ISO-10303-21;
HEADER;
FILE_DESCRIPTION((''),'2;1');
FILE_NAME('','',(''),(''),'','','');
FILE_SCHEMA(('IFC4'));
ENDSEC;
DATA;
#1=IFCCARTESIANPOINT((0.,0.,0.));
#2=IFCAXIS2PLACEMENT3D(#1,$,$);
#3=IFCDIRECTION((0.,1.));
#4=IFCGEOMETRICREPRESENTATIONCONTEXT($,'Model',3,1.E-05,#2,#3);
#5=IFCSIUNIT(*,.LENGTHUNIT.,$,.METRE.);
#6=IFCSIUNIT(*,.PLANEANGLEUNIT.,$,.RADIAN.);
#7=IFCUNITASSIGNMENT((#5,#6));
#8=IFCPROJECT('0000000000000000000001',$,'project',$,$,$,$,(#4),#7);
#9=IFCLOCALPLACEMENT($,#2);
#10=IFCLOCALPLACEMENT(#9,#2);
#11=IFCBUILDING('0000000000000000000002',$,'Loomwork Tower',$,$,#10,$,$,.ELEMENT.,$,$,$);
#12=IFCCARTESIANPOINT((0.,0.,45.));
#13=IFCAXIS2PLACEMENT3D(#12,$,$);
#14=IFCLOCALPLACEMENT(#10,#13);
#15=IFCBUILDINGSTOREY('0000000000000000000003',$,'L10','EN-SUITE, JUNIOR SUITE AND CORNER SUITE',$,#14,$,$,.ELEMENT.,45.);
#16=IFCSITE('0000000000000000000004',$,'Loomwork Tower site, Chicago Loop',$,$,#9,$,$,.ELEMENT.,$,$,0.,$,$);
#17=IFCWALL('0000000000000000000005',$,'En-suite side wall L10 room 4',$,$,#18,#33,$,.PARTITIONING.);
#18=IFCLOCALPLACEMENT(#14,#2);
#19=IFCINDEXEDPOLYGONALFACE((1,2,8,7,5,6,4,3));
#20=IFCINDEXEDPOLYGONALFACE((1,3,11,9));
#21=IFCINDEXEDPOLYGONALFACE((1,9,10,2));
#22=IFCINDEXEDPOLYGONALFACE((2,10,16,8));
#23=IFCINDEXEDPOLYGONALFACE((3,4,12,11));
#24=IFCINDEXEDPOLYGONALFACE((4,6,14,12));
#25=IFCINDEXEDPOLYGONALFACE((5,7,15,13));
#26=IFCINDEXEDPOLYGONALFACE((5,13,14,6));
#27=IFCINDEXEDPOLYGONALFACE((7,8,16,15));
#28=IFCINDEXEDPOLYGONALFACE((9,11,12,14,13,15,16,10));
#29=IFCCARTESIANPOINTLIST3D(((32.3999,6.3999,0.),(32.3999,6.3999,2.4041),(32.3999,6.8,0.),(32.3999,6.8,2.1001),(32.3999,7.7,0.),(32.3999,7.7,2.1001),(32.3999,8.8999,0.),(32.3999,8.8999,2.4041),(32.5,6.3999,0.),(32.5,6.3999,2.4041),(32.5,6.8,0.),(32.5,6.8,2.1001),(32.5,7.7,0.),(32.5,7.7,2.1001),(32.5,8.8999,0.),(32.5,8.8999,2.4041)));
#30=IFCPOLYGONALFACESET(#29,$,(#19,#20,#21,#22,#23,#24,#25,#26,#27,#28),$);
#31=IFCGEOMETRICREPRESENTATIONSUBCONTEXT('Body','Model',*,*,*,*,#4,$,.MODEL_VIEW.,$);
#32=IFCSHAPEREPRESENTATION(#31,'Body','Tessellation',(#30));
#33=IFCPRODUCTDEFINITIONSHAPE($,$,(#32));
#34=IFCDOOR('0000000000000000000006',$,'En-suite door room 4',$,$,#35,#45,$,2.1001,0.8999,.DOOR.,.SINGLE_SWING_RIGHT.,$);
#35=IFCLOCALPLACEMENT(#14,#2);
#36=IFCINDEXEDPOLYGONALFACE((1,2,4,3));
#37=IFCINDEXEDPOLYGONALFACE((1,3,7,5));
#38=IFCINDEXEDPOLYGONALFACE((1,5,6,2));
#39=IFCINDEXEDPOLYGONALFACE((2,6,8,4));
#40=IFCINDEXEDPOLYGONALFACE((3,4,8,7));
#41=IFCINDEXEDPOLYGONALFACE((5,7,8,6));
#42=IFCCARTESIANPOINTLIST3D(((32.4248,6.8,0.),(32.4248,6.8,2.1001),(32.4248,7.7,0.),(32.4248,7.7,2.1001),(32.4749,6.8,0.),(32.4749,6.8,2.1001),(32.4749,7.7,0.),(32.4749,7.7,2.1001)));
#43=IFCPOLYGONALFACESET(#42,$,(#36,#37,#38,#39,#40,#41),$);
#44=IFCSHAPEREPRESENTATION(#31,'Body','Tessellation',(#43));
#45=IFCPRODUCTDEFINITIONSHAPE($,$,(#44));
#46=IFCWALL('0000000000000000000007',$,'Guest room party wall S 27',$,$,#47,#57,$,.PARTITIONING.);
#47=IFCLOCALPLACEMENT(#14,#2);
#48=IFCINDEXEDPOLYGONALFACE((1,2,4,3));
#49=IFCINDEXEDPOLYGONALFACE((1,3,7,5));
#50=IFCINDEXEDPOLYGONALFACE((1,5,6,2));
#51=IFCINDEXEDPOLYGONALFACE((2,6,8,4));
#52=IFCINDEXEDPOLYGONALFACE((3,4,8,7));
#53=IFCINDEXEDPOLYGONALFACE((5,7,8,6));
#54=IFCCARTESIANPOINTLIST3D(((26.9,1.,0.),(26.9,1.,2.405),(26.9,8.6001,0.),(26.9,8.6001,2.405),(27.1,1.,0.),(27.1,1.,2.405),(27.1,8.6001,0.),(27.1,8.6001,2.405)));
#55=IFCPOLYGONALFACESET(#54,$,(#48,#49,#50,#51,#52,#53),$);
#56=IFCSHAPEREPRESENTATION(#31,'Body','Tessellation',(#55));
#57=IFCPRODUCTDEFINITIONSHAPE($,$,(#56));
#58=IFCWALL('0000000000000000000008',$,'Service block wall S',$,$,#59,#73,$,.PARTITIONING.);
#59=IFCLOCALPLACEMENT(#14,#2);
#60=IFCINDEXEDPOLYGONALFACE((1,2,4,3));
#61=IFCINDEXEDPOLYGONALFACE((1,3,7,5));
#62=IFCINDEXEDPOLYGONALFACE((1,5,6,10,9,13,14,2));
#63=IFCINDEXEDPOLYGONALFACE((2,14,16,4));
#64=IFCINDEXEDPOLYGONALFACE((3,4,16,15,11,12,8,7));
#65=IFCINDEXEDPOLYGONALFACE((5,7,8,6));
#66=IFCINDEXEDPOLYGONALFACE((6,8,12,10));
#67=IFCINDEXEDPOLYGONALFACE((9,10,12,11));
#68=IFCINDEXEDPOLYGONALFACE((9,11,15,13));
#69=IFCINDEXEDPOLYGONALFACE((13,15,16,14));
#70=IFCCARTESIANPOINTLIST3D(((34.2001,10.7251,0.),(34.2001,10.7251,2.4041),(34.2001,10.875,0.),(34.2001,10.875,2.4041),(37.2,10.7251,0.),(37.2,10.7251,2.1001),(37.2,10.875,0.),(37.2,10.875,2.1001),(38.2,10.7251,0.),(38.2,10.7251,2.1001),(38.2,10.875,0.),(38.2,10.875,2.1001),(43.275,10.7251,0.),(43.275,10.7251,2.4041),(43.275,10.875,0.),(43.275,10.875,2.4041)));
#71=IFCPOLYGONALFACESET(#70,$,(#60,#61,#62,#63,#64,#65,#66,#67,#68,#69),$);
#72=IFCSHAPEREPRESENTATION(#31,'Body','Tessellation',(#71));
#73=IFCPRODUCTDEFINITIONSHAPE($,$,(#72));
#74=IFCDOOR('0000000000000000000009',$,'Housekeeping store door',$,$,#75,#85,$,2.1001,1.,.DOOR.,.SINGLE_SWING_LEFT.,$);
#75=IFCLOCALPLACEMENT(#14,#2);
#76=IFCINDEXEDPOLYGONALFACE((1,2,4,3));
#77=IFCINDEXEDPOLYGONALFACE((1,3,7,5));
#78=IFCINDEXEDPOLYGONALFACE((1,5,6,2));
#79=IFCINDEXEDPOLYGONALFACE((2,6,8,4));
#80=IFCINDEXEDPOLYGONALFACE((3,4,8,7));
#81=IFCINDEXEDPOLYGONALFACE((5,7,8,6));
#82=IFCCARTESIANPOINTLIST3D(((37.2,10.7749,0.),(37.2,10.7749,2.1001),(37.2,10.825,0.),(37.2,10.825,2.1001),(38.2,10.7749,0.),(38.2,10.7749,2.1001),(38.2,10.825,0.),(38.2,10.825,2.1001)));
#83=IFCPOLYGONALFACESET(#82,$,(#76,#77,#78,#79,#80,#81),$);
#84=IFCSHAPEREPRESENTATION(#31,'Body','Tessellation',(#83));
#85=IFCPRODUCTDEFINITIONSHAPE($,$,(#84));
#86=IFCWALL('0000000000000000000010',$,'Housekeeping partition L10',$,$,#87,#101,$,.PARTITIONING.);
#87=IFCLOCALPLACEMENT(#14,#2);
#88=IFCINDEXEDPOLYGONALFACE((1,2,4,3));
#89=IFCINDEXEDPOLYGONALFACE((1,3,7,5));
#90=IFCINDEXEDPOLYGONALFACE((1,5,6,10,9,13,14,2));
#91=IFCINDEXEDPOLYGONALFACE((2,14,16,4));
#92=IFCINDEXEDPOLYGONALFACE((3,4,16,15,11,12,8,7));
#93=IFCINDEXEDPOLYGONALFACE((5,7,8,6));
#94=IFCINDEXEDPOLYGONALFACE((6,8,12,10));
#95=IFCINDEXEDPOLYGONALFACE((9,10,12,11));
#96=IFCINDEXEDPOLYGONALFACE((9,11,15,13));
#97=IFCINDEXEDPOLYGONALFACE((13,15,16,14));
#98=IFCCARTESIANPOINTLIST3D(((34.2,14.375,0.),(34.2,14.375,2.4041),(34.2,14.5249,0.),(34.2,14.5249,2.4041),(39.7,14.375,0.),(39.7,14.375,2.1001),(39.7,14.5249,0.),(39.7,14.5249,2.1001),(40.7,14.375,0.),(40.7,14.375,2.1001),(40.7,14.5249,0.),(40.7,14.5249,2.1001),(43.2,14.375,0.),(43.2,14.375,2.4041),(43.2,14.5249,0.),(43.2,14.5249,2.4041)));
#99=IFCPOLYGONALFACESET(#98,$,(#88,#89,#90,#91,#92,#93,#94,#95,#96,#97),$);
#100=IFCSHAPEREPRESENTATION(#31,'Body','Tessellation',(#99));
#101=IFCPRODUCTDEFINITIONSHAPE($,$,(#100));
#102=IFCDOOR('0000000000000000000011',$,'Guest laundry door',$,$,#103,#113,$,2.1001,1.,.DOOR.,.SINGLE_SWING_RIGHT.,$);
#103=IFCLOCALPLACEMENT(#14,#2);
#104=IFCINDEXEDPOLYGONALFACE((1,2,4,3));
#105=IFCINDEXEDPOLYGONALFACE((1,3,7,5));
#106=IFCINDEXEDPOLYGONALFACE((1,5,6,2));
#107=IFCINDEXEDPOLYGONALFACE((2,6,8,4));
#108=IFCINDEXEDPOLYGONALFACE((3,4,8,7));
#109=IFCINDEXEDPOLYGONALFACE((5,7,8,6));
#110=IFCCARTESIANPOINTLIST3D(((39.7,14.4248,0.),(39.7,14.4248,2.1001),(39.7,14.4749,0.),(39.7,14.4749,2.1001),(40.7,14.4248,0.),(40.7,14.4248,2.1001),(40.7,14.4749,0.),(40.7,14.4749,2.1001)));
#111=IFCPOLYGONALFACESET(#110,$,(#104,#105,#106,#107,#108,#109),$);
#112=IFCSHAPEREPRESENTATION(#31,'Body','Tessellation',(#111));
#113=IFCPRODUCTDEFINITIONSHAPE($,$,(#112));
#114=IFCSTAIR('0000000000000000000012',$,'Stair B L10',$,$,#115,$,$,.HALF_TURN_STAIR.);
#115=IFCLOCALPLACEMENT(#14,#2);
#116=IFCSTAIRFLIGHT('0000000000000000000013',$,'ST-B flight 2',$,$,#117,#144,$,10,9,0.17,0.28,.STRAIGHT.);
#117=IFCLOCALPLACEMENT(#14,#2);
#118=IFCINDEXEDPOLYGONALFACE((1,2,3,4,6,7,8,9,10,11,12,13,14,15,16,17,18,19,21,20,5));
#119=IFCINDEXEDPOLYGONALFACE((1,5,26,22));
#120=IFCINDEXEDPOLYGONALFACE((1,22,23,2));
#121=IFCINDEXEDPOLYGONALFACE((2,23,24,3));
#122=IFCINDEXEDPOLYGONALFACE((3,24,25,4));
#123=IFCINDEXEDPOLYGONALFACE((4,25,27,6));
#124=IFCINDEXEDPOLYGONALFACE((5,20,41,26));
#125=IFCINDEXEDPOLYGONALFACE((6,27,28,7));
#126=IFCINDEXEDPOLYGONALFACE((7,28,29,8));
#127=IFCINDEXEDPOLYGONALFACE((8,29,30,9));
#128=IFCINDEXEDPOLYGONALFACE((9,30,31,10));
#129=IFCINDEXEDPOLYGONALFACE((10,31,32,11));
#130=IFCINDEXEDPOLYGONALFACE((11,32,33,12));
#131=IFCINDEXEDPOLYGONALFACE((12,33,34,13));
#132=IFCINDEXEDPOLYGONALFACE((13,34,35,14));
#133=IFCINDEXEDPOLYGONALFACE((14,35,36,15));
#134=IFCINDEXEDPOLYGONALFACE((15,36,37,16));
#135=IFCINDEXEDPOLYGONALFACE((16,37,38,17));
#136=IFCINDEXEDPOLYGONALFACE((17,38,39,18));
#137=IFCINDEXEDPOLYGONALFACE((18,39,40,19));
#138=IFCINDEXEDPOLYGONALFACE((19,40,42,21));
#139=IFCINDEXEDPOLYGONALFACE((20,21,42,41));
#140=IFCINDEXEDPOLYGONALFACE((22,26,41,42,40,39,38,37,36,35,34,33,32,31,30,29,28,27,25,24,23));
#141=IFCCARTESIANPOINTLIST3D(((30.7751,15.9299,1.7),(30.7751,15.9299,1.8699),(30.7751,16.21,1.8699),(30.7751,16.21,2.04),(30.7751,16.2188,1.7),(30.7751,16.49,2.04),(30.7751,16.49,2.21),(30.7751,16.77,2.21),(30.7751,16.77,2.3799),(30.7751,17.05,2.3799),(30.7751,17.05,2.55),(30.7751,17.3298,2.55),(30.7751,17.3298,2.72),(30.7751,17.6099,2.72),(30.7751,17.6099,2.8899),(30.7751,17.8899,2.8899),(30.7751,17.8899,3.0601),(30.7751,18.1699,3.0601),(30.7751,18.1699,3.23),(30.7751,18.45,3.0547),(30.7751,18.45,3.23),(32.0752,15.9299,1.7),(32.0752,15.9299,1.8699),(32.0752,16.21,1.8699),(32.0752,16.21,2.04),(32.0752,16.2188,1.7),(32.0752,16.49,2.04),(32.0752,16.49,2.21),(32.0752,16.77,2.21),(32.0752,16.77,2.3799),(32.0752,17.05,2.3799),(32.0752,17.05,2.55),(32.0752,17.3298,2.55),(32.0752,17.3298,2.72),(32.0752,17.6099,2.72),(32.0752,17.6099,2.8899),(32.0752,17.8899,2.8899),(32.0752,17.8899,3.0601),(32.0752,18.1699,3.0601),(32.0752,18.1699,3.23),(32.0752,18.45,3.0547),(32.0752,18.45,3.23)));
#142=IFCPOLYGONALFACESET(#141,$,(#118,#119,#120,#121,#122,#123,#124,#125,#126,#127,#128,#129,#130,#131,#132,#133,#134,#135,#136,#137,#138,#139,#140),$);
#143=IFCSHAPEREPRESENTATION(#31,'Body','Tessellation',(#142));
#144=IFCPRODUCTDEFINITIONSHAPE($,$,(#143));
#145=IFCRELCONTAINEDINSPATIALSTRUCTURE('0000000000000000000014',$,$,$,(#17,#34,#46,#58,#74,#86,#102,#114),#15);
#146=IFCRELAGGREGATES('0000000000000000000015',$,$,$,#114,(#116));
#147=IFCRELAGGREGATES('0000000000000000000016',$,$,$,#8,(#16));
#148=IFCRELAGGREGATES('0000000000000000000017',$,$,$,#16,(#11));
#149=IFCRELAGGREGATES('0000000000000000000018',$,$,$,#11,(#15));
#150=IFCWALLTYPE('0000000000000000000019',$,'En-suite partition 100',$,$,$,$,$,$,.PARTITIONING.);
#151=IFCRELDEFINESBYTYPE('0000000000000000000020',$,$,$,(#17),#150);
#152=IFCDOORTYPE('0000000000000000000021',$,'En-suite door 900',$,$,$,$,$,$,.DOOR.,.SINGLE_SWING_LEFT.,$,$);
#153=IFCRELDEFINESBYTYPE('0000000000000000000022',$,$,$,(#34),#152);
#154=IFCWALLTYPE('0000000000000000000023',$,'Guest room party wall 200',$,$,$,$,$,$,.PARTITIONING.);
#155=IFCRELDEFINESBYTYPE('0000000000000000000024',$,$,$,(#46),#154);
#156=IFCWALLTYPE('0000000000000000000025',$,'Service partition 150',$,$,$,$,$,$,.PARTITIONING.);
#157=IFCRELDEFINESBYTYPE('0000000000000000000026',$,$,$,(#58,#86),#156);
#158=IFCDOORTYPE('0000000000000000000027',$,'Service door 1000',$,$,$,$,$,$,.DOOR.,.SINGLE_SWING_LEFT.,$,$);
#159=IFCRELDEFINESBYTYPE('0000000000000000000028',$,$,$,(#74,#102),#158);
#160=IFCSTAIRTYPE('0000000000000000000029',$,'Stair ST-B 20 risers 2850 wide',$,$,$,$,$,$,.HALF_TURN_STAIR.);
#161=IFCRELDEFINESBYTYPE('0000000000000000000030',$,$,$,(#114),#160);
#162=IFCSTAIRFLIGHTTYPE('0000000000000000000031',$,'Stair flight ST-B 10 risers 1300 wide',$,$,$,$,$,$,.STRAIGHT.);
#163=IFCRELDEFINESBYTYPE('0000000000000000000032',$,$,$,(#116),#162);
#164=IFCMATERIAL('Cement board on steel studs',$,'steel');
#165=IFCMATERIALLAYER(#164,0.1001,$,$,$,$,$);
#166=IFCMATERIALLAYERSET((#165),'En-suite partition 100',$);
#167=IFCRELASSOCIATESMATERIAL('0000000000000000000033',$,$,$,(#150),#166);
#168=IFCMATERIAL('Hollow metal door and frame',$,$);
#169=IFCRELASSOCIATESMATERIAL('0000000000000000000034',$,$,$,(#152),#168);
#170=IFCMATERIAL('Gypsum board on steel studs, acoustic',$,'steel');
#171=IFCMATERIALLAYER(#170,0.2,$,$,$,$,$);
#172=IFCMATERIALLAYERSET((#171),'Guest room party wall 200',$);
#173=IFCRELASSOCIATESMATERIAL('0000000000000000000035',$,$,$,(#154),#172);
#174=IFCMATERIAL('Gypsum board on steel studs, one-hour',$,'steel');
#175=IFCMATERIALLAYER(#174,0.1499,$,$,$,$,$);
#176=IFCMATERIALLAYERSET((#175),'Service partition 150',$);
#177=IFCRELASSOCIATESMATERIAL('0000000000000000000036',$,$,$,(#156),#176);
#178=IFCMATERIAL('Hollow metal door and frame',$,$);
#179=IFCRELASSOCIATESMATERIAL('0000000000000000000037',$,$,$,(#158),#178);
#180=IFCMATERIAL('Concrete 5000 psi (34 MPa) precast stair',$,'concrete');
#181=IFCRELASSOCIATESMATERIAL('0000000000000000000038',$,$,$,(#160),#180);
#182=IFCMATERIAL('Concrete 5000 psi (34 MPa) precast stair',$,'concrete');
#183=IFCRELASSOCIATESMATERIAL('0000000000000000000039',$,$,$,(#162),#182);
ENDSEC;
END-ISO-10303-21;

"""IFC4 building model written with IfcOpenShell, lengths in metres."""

from ifc_helpers import new_model, si_unit, direction, frame, frame_2d, origin, place, context, subcontext, project, spatial, polyline, rectangle, outline, extrude, material, layer, layer_set, type_object, element, fill, aggregate, save


model = new_model("IFC4")

# Units and contexts
model_context = context("Model", 3, precision=1e-05, world=origin(), true_north=direction((0.0, 1.0)))
body_context = subcontext(model_context, "Body", "Model", "MODEL_VIEW")
ifc_project = project(units=[si_unit("LENGTHUNIT", "METRE"), si_unit("PLANEANGLEUNIT", "RADIAN")], contexts=[model_context])

# Site, building, storey
site_placement = place(None, origin())
site = spatial("IfcSite", under=ifc_project, at=site_placement, Name="Loomwork Tower site, Chicago Loop", CompositionType="ELEMENT", RefElevation=0.0)
building_placement = place(site_placement, origin())
building = spatial("IfcBuilding", under=site, at=building_placement, Name="Loomwork Tower", CompositionType="ELEMENT")
storey_placement = place(building_placement, frame((0.0, 0.0, 45.0)))
storey = spatial("IfcBuildingStorey", under=building, at=storey_placement, Name="L10", Description="EN-SUITE, JUNIOR SUITE AND CORNER SUITE", CompositionType="ELEMENT", Elevation=45.0)

# Shared definitions
ifc_material_1 = material(Name="Cement board on steel studs", Category="steel")
ifc_layer_1 = layer(ifc_material_1, 0.1001)
ifc_layer_set_1 = layer_set([ifc_layer_1], Name="En-suite partition 100")
wall_type_1 = type_object("IfcWallType", Name="En-suite partition 100", PredefinedType="PARTITIONING", material=ifc_layer_set_1)

# Wall, opening, door
wall_1_placement = place(storey_placement, frame((32.45, 8.8999, 0.0), z_axis=(0.0, 0.0, 1.0), x_axis=(0.0, -1.0, 0.0)))
wall_1 = element("IfcWall", 1, at=wall_1_placement, inside=storey, type_object=wall_type_1, Name="En-suite side wall L10 room 4", PredefinedType="PARTITIONING", context=body_context, shape_type="SweptSolid", body=[
    extrude(rectangle(XDim=2.5, YDim=0.1001, at=frame_2d((1.25, 0.0))), origin(), (0.0, 0.0, 1.0), 2.4041),
])
opening_1_placement = place(wall_1_placement, frame((1.2, 0.0, 0.0)))
opening_1 = element("IfcOpeningElement", 2, at=opening_1_placement, cuts=wall_1, PredefinedType="OPENING", context=body_context, shape_type="SweptSolid", body=[
    extrude(rectangle(XDim=0.8999, YDim=2.1001, at=frame_2d((0.45, 1.05))), frame((0.0, 0.0601, 0.0), z_axis=(0.0, -1.0, 0.0), x_axis=(1.0, 0.0, 0.0)), (0.0, 0.0, 1.0), 0.1201),
])
ifc_material_2 = material(Name="Hollow metal door and frame")
door_type_1 = type_object("IfcDoorType", Name="En-suite door 900", OperationType="SINGLE_SWING_LEFT", PredefinedType="DOOR", material=ifc_material_2)
door_1_placement = place(opening_1_placement, origin())
door_1 = element("IfcDoor", 3, at=door_1_placement, inside=storey, type_object=door_type_1, Name="En-suite door room 4", OperationType="SINGLE_SWING_RIGHT", OverallHeight=2.1001, OverallWidth=0.8999, PredefinedType="DOOR", context=body_context, shape_type="SweptSolid", body=[
    extrude(rectangle(XDim=0.8999, YDim=2.1001, at=frame_2d((0.45, 1.05))), frame((0.0, 0.0249, 0.0), z_axis=(0.0, -1.0, 0.0), x_axis=(1.0, 0.0, 0.0)), (0.0, 0.0, 1.0), 0.05),
])
fill(opening_1, door_1)

# Wall
ifc_material_3 = material(Name="Gypsum board on steel studs, acoustic", Category="steel")
ifc_layer_2 = layer(ifc_material_3, 0.2)
ifc_layer_set_2 = layer_set([ifc_layer_2], Name="Guest room party wall 200")
wall_type_2 = type_object("IfcWallType", Name="Guest room party wall 200", PredefinedType="PARTITIONING", material=ifc_layer_set_2)
wall_2_placement = place(storey_placement, frame((27.0, 8.6001, 0.0), z_axis=(0.0, 0.0, 1.0), x_axis=(0.0, -1.0, 0.0)))
element("IfcWall", 4, at=wall_2_placement, inside=storey, type_object=wall_type_2, Name="Guest room party wall S 27", PredefinedType="PARTITIONING", context=body_context, shape_type="SweptSolid", body=[
    extrude(rectangle(XDim=7.6001, YDim=0.2, at=frame_2d((3.8, 0.0))), origin(), (0.0, 0.0, 1.0), 2.405),
])

# Walls, openings, doors
ifc_material_4 = material(Name="Gypsum board on steel studs, one-hour", Category="steel")
ifc_layer_3 = layer(ifc_material_4, 0.1499)
ifc_layer_set_3 = layer_set([ifc_layer_3], Name="Service partition 150")
wall_type_3 = type_object("IfcWallType", Name="Service partition 150", PredefinedType="PARTITIONING", material=ifc_layer_set_3)
wall_3_placement = place(storey_placement, frame((34.2, 10.8, 0.0), z_axis=(0.0, 0.0, 1.0), x_axis=(1.0, 0.0, 0.0)))
wall_3 = element("IfcWall", 5, at=wall_3_placement, inside=storey, type_object=wall_type_3, Name="Service block wall S", PredefinedType="PARTITIONING", context=body_context, shape_type="SweptSolid", body=[
    extrude(rectangle(XDim=9.075, YDim=0.1499, at=frame_2d((4.5376, 0.0))), origin(), (0.0, 0.0, 1.0), 2.4041),
])
opening_2_placement = place(wall_3_placement, frame((3.0, 0.0, 0.0)))
opening_2 = element("IfcOpeningElement", 6, at=opening_2_placement, cuts=wall_3, PredefinedType="OPENING", context=body_context, shape_type="SweptSolid", body=[
    extrude(rectangle(XDim=1.0, YDim=2.1001, at=frame_2d((0.5, 1.05))), frame((0.0, 0.085, 0.0), z_axis=(0.0, -1.0, 0.0), x_axis=(1.0, 0.0, 0.0)), (0.0, 0.0, 1.0), 0.1699),
])
ifc_material_5 = material(Name="Hollow metal door and frame")
door_type_2 = type_object("IfcDoorType", Name="Service door 1000", OperationType="SINGLE_SWING_LEFT", PredefinedType="DOOR", material=ifc_material_5)
door_2_placement = place(opening_2_placement, origin())
door_2 = element("IfcDoor", 7, at=door_2_placement, inside=storey, type_object=door_type_2, Name="Housekeeping store door", OperationType="SINGLE_SWING_LEFT", OverallHeight=2.1001, OverallWidth=1.0, PredefinedType="DOOR", context=body_context, shape_type="SweptSolid", body=[
    extrude(rectangle(XDim=1.0, YDim=2.1001, at=frame_2d((0.5, 1.05))), frame((0.0, 0.0249, 0.0), z_axis=(0.0, -1.0, 0.0), x_axis=(1.0, 0.0, 0.0)), (0.0, 0.0, 1.0), 0.05),
])
fill(opening_2, door_2)
wall_4_placement = place(storey_placement, frame((34.2, 14.45, 0.0), z_axis=(0.0, 0.0, 1.0), x_axis=(1.0, 0.0, 0.0)))
wall_4 = element("IfcWall", 8, at=wall_4_placement, inside=storey, type_object=wall_type_3, Name="Housekeeping partition L10", PredefinedType="PARTITIONING", context=body_context, shape_type="SweptSolid", body=[
    extrude(rectangle(XDim=9.0, YDim=0.1499, at=frame_2d((4.5, 0.0))), origin(), (0.0, 0.0, 1.0), 2.4041),
])
opening_3_placement = place(wall_4_placement, frame((5.5, 0.0, 0.0)))
opening_3 = element("IfcOpeningElement", 9, at=opening_3_placement, cuts=wall_4, PredefinedType="OPENING", context=body_context, shape_type="SweptSolid", body=[
    extrude(rectangle(XDim=1.0, YDim=2.1001, at=frame_2d((0.5, 1.05))), frame((0.0, 0.085, 0.0), z_axis=(0.0, -1.0, 0.0), x_axis=(1.0, 0.0, 0.0)), (0.0, 0.0, 1.0), 0.1699),
])
door_3_placement = place(opening_3_placement, origin())
door_3 = element("IfcDoor", 10, at=door_3_placement, inside=storey, type_object=door_type_2, Name="Guest laundry door", OperationType="SINGLE_SWING_RIGHT", OverallHeight=2.1001, OverallWidth=1.0, PredefinedType="DOOR", context=body_context, shape_type="SweptSolid", body=[
    extrude(rectangle(XDim=1.0, YDim=2.1001, at=frame_2d((0.5, 1.05))), frame((0.0, 0.0249, 0.0), z_axis=(0.0, -1.0, 0.0), x_axis=(1.0, 0.0, 0.0)), (0.0, 0.0, 1.0), 0.05),
])
fill(opening_3, door_3)

# Stair, stair flight
ifc_material_6 = material(Name="Concrete 5000 psi (34 MPa) precast stair", Category="concrete")
stair_type = type_object("IfcStairType", Name="Stair ST-B 20 risers 2850 wide", PredefinedType="HALF_TURN_STAIR", material=ifc_material_6)
stair_placement = place(storey_placement, origin())
stair = element("IfcStair", 11, at=stair_placement, inside=storey, type_object=stair_type, Name="Stair B L10", PredefinedType="HALF_TURN_STAIR")
ifc_material_7 = material(Name="Concrete 5000 psi (34 MPa) precast stair", Category="concrete")
stair_flight_type = type_object("IfcStairFlightType", Name="Stair flight ST-B 10 risers 1300 wide", PredefinedType="STRAIGHT", material=ifc_material_7)
stair_flight_placement = place(storey_placement, frame((31.425, 15.9299, 1.7), z_axis=(0.0, 0.0, 1.0), x_axis=(0.0, 1.0, 0.0)))
stair_flight = element("IfcStairFlight", 12, at=stair_flight_placement, type_object=stair_flight_type, Name="ST-B flight 2", NumberOfRisers=10, NumberOfTreads=9, PredefinedType="STRAIGHT", RiserHeight=0.17, TreadLength=0.28, context=body_context, shape_type="SweptSolid", body=[
    extrude(outline(polyline([(0.0, 0.0), (0.0, 0.1699), (0.28, 0.1699), (0.28, 0.3401), (0.5601, 0.3401), (0.5601, 0.51), (0.8401, 0.51), (0.8401, 0.6799), (1.1201, 0.6799), (1.1201, 0.8501), (1.3999, 0.8501), (1.3999, 1.02), (1.6799, 1.02), (1.6799, 1.1899), (1.96, 1.1899), (1.96, 1.3601), (2.24, 1.3601), (2.24, 1.53), (2.52, 1.53), (2.52, 1.7), (2.52, 1.3547), (0.2888, 0.0), (0.0, 0.0)])), frame((0.0, 0.6499, 0.0), z_axis=(0.0, -1.0, 0.0), x_axis=(1.0, 0.0, 0.0)), (0.0, 0.0, 1.0), 1.3),
])
aggregate(stair, [stair_flight])

save(model, "model.ifc")
